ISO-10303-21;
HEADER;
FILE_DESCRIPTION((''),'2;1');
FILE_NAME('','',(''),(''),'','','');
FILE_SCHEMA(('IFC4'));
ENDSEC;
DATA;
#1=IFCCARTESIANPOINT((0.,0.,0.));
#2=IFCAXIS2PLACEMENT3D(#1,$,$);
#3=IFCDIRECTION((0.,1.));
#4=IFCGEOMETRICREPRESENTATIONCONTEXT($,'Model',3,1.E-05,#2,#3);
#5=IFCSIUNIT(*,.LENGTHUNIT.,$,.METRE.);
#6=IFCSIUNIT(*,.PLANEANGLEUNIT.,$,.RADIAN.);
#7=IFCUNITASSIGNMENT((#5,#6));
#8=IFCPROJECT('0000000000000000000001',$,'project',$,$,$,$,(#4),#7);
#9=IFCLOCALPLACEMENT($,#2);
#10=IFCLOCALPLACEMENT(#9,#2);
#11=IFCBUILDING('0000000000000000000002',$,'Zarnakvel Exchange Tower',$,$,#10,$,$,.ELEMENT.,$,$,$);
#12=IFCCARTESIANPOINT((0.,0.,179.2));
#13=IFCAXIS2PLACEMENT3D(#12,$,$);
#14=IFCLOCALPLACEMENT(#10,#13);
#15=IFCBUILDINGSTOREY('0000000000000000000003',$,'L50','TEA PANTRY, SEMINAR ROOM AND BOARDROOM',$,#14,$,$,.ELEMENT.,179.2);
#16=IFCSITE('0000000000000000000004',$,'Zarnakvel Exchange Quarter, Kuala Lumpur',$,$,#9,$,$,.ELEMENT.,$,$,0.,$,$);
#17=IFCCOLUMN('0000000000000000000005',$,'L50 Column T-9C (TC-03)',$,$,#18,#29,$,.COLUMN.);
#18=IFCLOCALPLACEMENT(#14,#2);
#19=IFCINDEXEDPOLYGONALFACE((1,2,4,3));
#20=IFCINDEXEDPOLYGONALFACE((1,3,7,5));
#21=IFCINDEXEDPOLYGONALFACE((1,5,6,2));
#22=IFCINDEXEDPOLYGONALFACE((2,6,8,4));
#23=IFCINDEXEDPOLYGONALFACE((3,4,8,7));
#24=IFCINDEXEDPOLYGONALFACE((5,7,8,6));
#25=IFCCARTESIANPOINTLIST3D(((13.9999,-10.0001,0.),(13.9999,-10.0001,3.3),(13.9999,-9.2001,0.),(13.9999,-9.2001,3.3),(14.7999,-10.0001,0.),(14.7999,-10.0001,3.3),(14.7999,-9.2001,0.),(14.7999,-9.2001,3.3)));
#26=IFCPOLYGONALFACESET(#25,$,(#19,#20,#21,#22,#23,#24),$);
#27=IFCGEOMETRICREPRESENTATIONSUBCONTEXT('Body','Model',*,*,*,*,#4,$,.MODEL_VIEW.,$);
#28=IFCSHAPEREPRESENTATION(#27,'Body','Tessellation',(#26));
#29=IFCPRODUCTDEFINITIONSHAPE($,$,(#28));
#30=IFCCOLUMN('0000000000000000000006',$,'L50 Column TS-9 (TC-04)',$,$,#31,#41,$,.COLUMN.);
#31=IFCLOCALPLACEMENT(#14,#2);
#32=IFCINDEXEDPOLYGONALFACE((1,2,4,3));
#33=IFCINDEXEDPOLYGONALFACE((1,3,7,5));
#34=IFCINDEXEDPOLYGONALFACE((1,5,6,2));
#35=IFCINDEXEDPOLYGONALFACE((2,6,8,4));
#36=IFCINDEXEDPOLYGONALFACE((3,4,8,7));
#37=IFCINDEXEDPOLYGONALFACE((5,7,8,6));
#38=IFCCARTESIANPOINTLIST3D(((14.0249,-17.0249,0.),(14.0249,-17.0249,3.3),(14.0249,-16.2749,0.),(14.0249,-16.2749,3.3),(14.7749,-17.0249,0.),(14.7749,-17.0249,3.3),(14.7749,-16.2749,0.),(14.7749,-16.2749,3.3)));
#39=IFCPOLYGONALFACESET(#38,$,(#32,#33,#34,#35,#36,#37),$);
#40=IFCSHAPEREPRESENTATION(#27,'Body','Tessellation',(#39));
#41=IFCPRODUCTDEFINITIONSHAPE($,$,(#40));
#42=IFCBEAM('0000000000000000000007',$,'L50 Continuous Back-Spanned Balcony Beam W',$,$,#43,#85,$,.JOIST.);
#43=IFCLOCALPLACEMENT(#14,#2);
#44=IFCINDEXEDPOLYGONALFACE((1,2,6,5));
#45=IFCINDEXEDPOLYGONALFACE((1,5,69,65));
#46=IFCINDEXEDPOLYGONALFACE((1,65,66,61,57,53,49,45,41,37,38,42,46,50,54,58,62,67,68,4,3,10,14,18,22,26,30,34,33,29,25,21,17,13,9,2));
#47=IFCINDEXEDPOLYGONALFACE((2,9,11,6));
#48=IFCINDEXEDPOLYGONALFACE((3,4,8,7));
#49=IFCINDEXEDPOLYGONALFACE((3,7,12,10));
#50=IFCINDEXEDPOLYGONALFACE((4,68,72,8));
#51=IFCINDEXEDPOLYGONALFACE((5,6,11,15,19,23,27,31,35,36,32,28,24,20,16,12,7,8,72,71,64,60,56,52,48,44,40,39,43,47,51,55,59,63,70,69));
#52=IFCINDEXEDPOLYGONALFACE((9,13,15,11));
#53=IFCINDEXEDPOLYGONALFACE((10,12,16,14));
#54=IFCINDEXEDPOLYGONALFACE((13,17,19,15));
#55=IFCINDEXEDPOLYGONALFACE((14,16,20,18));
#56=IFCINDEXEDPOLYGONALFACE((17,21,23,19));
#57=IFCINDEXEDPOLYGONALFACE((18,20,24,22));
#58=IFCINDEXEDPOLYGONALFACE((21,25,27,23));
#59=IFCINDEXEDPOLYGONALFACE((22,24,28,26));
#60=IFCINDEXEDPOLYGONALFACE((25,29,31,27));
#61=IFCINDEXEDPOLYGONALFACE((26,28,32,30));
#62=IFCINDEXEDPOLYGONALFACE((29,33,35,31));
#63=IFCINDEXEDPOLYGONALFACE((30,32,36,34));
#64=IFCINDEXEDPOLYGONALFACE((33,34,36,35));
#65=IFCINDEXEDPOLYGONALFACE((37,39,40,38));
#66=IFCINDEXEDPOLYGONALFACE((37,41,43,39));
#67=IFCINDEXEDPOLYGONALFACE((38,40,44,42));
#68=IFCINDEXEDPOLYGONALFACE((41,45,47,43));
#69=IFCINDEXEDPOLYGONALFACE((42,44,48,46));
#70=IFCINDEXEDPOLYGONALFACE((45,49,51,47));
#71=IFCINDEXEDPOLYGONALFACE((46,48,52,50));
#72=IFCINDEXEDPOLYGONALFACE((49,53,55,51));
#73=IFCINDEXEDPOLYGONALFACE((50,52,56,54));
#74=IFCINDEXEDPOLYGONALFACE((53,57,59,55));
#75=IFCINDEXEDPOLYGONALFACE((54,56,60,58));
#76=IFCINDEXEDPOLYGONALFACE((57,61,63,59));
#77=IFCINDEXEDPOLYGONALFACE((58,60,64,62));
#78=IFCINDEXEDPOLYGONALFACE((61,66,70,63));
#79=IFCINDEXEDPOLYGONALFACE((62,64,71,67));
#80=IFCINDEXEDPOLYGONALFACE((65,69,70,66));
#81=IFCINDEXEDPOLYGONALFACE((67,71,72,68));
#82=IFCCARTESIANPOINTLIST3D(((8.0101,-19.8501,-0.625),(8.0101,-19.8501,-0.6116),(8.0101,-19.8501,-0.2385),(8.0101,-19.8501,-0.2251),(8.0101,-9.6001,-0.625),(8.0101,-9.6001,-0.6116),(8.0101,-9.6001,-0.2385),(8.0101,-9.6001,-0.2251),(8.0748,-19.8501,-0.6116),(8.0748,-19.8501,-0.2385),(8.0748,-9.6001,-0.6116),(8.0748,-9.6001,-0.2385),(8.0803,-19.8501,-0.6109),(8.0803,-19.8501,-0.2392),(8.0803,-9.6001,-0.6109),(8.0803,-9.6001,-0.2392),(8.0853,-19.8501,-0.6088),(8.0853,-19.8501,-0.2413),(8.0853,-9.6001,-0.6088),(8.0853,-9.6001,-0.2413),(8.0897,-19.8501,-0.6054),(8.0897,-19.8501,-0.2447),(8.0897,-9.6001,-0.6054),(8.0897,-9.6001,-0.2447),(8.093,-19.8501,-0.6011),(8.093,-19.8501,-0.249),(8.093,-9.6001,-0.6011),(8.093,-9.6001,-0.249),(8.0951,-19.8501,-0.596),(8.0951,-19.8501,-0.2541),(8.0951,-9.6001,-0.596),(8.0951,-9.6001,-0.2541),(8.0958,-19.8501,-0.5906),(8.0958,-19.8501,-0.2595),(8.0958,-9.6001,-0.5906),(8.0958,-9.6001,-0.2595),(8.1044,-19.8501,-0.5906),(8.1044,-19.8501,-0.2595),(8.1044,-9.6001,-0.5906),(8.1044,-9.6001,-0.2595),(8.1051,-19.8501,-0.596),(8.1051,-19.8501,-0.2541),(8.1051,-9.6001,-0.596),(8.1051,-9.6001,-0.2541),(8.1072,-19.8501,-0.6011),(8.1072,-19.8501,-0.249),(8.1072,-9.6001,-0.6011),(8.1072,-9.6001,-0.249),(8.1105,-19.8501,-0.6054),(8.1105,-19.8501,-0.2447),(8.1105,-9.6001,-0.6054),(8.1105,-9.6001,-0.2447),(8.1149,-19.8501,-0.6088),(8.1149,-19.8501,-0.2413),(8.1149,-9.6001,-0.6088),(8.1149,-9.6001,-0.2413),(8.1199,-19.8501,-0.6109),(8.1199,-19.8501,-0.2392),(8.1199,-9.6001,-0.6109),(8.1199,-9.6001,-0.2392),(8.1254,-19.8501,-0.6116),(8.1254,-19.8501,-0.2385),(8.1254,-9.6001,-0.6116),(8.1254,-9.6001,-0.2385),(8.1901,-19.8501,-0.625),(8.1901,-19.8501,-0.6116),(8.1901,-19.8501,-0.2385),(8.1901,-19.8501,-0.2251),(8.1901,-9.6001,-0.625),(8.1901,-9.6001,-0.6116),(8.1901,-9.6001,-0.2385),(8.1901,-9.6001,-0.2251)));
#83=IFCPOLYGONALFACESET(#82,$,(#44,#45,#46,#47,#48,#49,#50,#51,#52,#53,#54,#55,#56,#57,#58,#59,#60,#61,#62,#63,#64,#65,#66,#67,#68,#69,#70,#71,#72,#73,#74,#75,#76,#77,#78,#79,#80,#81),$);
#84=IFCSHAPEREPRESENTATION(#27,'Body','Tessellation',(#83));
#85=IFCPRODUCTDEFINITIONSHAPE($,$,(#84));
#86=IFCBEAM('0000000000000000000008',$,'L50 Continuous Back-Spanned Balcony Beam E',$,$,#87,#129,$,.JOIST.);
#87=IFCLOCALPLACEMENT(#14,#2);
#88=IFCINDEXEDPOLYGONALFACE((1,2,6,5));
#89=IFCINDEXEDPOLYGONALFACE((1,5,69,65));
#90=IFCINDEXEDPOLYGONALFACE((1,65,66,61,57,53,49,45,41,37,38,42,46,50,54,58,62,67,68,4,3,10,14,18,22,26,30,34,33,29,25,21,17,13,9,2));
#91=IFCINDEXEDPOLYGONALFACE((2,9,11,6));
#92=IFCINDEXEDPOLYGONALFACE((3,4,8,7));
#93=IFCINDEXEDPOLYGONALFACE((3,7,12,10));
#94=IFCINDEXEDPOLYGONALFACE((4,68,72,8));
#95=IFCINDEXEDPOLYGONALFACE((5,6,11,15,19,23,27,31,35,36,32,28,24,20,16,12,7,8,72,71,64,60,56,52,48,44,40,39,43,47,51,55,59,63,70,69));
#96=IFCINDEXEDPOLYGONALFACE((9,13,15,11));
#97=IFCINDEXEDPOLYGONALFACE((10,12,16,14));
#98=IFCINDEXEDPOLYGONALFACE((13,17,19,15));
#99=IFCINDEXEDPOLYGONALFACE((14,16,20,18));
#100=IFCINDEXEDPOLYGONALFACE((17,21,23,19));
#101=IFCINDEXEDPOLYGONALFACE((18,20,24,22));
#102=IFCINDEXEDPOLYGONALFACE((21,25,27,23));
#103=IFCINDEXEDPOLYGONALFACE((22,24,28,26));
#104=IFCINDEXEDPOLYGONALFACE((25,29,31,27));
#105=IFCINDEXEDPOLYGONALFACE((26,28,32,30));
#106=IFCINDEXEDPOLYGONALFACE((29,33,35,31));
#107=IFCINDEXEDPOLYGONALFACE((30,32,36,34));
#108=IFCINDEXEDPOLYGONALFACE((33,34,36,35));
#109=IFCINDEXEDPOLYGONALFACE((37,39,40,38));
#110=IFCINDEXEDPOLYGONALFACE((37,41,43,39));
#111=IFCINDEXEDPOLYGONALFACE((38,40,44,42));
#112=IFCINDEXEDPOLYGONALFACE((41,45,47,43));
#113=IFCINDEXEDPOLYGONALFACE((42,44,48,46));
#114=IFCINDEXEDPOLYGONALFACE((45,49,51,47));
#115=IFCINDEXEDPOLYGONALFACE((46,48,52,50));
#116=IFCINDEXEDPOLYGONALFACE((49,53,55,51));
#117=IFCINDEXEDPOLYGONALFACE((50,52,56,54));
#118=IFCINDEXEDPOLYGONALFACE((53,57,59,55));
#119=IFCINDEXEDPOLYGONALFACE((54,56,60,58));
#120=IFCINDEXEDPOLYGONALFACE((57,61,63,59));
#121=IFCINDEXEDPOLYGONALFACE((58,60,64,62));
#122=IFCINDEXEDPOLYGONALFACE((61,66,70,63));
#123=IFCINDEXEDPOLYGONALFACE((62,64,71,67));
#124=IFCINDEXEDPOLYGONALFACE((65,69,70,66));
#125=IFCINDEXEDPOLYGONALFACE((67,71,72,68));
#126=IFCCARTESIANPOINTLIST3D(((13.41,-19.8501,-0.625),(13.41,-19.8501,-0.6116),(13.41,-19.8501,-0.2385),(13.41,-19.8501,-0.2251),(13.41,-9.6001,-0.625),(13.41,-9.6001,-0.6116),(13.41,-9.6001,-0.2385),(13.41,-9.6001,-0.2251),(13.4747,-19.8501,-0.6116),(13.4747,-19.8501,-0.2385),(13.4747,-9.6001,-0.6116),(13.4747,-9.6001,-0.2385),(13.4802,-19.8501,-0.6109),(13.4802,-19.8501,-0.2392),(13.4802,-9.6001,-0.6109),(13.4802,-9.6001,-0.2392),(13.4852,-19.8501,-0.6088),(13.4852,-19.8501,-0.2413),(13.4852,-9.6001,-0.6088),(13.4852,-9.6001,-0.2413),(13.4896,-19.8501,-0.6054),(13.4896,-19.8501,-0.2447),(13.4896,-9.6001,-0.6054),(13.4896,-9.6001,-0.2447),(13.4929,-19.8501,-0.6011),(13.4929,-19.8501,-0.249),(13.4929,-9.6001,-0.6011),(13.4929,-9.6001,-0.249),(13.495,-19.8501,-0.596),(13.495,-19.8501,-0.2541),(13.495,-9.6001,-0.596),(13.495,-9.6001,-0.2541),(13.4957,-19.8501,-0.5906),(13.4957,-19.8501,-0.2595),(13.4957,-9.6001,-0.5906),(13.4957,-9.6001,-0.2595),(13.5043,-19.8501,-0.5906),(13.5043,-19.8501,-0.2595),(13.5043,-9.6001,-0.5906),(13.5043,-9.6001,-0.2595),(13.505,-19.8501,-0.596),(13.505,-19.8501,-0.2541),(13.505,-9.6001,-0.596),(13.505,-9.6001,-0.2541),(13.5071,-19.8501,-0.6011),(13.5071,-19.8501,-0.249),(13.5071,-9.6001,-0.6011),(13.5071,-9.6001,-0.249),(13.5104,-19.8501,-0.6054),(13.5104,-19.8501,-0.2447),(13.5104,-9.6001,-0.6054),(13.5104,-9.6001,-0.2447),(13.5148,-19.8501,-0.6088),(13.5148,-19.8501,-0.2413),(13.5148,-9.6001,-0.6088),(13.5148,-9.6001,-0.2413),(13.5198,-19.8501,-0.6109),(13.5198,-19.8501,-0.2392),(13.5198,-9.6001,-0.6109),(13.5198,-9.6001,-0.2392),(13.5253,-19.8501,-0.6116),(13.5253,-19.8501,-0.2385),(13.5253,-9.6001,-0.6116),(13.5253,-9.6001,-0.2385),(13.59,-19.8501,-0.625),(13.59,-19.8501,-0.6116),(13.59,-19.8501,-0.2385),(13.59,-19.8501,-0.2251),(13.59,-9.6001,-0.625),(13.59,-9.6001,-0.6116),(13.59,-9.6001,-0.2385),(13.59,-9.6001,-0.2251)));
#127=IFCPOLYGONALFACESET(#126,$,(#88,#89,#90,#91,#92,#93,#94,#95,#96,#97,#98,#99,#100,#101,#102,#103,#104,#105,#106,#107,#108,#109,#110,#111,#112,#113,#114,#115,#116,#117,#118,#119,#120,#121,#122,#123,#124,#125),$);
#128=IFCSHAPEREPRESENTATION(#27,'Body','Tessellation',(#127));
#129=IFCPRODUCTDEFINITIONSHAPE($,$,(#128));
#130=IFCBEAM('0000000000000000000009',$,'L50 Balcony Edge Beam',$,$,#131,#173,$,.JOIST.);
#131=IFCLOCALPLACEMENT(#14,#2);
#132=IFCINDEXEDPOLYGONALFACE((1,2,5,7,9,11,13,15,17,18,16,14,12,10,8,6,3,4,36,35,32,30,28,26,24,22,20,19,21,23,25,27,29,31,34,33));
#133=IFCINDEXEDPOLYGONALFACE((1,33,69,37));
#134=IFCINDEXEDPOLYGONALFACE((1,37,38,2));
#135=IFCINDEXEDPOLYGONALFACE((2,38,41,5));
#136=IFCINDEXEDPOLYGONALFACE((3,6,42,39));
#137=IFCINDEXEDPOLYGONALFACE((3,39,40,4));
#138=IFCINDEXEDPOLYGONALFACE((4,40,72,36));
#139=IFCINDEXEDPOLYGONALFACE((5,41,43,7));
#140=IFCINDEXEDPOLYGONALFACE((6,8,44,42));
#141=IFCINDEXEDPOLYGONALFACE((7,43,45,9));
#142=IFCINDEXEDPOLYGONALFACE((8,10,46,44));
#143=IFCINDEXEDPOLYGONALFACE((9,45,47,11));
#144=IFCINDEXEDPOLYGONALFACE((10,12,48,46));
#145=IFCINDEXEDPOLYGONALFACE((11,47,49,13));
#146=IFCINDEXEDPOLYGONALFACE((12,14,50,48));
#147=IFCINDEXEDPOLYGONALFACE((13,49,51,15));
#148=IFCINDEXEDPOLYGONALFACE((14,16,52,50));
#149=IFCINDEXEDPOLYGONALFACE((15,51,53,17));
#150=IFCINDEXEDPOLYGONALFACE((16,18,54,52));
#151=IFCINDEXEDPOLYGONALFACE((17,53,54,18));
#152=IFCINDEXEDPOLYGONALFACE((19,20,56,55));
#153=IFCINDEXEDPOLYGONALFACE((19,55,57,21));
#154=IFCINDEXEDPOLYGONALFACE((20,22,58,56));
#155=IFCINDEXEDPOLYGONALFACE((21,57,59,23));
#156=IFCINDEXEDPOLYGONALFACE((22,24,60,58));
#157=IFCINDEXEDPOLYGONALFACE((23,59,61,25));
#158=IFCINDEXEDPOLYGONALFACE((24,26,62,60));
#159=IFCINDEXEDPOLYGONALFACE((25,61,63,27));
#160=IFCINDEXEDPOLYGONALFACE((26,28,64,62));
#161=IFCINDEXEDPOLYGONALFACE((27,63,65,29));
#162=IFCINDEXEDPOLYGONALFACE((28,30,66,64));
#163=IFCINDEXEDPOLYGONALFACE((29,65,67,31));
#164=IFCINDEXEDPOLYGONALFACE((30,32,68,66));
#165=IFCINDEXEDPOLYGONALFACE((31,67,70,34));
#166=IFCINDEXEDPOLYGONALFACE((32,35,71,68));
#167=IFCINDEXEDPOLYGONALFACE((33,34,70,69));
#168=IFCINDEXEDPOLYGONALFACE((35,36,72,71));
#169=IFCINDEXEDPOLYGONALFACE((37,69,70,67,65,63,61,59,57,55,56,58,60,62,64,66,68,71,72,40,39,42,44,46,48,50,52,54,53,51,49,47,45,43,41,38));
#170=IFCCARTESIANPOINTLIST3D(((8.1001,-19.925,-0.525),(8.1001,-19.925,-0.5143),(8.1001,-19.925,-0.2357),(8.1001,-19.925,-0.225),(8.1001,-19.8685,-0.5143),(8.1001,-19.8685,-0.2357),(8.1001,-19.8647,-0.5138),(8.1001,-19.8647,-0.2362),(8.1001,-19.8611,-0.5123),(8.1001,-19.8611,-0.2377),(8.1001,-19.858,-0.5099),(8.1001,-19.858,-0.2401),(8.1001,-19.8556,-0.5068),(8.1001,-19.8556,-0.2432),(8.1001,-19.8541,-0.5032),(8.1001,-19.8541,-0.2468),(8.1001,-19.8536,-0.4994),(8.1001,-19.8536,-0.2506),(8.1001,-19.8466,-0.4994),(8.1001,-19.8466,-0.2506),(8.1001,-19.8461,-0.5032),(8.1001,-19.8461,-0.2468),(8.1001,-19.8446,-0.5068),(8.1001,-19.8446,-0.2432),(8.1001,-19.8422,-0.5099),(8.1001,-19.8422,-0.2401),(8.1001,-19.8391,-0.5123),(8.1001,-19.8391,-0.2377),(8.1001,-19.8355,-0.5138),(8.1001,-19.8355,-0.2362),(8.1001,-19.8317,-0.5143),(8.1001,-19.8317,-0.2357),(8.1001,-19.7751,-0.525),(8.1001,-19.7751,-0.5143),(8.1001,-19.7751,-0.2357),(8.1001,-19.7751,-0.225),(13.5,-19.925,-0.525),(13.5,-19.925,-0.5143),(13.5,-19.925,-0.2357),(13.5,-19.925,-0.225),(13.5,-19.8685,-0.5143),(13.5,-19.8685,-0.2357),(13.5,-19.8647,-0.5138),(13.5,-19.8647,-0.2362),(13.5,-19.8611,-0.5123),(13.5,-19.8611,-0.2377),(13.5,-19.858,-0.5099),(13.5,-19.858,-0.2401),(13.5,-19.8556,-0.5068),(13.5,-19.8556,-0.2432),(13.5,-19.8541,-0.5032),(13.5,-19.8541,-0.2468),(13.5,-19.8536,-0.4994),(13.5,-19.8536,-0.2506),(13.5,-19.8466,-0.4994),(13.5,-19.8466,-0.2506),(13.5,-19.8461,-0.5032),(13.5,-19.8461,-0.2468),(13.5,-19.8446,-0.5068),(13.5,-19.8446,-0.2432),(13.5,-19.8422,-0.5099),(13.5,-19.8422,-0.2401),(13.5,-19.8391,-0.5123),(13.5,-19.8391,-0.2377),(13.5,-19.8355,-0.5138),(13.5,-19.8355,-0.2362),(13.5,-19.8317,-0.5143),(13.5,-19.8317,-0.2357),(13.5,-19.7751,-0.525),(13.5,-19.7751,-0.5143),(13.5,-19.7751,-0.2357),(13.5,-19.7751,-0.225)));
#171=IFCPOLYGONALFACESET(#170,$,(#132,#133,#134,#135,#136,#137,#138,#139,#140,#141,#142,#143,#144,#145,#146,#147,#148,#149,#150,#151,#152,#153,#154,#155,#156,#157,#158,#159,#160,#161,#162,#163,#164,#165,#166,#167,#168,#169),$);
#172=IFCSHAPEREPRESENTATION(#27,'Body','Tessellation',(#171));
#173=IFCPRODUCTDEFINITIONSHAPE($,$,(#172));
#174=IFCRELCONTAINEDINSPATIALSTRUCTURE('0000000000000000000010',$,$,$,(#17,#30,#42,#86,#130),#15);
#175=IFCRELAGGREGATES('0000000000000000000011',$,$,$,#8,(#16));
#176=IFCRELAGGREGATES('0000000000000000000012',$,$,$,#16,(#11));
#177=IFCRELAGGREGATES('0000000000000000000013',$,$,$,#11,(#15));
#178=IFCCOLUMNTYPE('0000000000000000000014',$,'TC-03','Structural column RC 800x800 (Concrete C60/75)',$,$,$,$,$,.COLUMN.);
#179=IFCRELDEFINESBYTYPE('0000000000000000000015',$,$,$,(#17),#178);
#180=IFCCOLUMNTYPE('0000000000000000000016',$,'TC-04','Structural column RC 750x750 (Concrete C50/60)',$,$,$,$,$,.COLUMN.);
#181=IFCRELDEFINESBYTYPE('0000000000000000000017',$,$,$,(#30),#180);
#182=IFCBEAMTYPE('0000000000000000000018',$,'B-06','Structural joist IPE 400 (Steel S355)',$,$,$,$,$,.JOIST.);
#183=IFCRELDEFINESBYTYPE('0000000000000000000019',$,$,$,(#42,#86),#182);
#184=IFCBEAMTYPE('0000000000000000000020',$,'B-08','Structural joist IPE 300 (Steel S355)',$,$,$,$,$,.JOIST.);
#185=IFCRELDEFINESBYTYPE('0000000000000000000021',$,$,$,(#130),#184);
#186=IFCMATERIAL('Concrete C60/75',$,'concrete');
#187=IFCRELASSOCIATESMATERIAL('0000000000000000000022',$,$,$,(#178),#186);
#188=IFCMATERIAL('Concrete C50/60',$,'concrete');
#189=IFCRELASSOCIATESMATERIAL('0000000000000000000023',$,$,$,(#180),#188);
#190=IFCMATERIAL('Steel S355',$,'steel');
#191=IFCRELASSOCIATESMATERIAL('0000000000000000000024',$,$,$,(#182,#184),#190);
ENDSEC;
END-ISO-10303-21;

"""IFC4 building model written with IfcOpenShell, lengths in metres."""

from ifc_helpers import new_model, si_unit, direction, frame, origin, origin_2d, place, context, subcontext, project, spatial, rectangle, i_section, extrude, material, material_profile, profile_set, type_object, element, save


model = new_model("IFC4")

# Units and contexts
model_context = context("Model", 3, precision=1e-05, world=origin(), true_north=direction((0.0, 1.0)))
body_context = subcontext(model_context, "Body", "Model", "MODEL_VIEW")
ifc_project = project(units=[si_unit("LENGTHUNIT", "METRE"), si_unit("PLANEANGLEUNIT", "RADIAN")], contexts=[model_context])

# Site, building, storey
site_placement = place(None, origin())
site = spatial("IfcSite", under=ifc_project, at=site_placement, Name="Zarnakvel Exchange Quarter, Kuala Lumpur", CompositionType="ELEMENT", RefElevation=0.0)
building_placement = place(site_placement, origin())
building = spatial("IfcBuilding", under=site, at=building_placement, Name="Zarnakvel Exchange Tower", CompositionType="ELEMENT")
storey_placement = place(building_placement, frame((0.0, 0.0, 179.2)))
storey = spatial("IfcBuildingStorey", under=building, at=storey_placement, Name="L50", Description="TEA PANTRY, SEMINAR ROOM AND BOARDROOM", CompositionType="ELEMENT", Elevation=179.2)

# Columns
ifc_material_1 = material(Name="Concrete C60/75", Category="concrete")
ifc_material_profile_1 = material_profile(ifc_material_1, rectangle(XDim=0.8, YDim=0.8, at=origin_2d()))
ifc_profile_set_1 = profile_set([ifc_material_profile_1], Name="Concrete C60/75")
column_type_1 = type_object("IfcColumnType", Name="TC-03", Description="Structural column RC 800x800 (Concrete C60/75)", PredefinedType="COLUMN", material=ifc_profile_set_1)
column_1_placement = place(storey_placement, frame((14.3999, -9.6001, 0.0), z_axis=(0.0, 0.0, 1.0), x_axis=(1.0, 0.0, 0.0)))
element("IfcColumn", 1, at=column_1_placement, inside=storey, type_object=column_type_1, Name="L50 Column T-9C (TC-03)", PredefinedType="COLUMN", context=body_context, shape_type="SweptSolid", body=[
    extrude(rectangle(XDim=0.8, YDim=0.8, at=origin_2d()), origin(), (0.0, 0.0, 1.0), 3.3),
])
ifc_material_2 = material(Name="Concrete C50/60", Category="concrete")
ifc_material_profile_2 = material_profile(ifc_material_2, rectangle(XDim=0.75, YDim=0.75, at=origin_2d()))
ifc_profile_set_2 = profile_set([ifc_material_profile_2], Name="Concrete C50/60")
column_type_2 = type_object("IfcColumnType", Name="TC-04", Description="Structural column RC 750x750 (Concrete C50/60)", PredefinedType="COLUMN", material=ifc_profile_set_2)
column_2_placement = place(storey_placement, frame((14.3999, -16.6499, 0.0), z_axis=(0.0, 0.0, 1.0), x_axis=(1.0, 0.0, 0.0)))
element("IfcColumn", 2, at=column_2_placement, inside=storey, type_object=column_type_2, Name="L50 Column TS-9 (TC-04)", PredefinedType="COLUMN", context=body_context, shape_type="SweptSolid", body=[
    extrude(rectangle(XDim=0.75, YDim=0.75, at=origin_2d()), origin(), (0.0, 0.0, 1.0), 3.3),
])

# Beams
ifc_material_3 = material(Name="Steel S355", Category="steel")
ifc_material_profile_3 = material_profile(ifc_material_3, i_section(OverallWidth=0.1799, OverallDepth=0.3999, WebThickness=0.0085, FlangeThickness=0.0134, FilletRadius=0.021, at=origin_2d()))
ifc_profile_set_3 = profile_set([ifc_material_profile_3], Name="Steel S355")
beam_type_1 = type_object("IfcBeamType", Name="B-06", Description="Structural joist IPE 400 (Steel S355)", PredefinedType="JOIST", material=ifc_profile_set_3)
for number, where, z_axis, x_axis, name in (
    (3, (8.1001, -9.6001, -0.425), (0.0, -1.0, 0.0), (1.0, 0.0, 0.0), "L50 Continuous Back-Spanned Balcony Beam W"),
    (4, (13.5, -9.6001, -0.425), (0.0, -1.0, 0.0), (1.0, 0.0, 0.0), "L50 Continuous Back-Spanned Balcony Beam E"),
):
    element("IfcBeam", number, at=place(storey_placement, frame(where, z_axis=z_axis, x_axis=x_axis)), inside=storey, type_object=beam_type_1, Name=name, PredefinedType="JOIST", context=body_context, shape_type="SweptSolid", body=[
        extrude(i_section(OverallWidth=0.1799, OverallDepth=0.3999, WebThickness=0.0085, FlangeThickness=0.0134, FilletRadius=0.021, at=origin_2d()), origin(), (0.0, 0.0, 1.0), 10.25),
    ])
ifc_material_profile_4 = material_profile(ifc_material_3, i_section(OverallWidth=0.1499, OverallDepth=0.3, WebThickness=0.0071, FlangeThickness=0.0107, FilletRadius=0.0149, at=origin_2d()))
ifc_profile_set_4 = profile_set([ifc_material_profile_4], Name="Steel S355")
beam_type_2 = type_object("IfcBeamType", Name="B-08", Description="Structural joist IPE 300 (Steel S355)", PredefinedType="JOIST", material=ifc_profile_set_4)
beam_1_placement = place(storey_placement, frame((8.1001, -19.8501, -0.375), z_axis=(1.0, 0.0, 0.0), x_axis=(0.0, 1.0, 0.0)))
element("IfcBeam", 5, at=beam_1_placement, inside=storey, type_object=beam_type_2, Name="L50 Balcony Edge Beam", PredefinedType="JOIST", context=body_context, shape_type="SweptSolid", body=[
    extrude(i_section(OverallWidth=0.1499, OverallDepth=0.3, WebThickness=0.0071, FlangeThickness=0.0107, FilletRadius=0.0149, at=origin_2d()), origin(), (0.0, 0.0, 1.0), 5.3999),
])

save(model, "model.ifc")
